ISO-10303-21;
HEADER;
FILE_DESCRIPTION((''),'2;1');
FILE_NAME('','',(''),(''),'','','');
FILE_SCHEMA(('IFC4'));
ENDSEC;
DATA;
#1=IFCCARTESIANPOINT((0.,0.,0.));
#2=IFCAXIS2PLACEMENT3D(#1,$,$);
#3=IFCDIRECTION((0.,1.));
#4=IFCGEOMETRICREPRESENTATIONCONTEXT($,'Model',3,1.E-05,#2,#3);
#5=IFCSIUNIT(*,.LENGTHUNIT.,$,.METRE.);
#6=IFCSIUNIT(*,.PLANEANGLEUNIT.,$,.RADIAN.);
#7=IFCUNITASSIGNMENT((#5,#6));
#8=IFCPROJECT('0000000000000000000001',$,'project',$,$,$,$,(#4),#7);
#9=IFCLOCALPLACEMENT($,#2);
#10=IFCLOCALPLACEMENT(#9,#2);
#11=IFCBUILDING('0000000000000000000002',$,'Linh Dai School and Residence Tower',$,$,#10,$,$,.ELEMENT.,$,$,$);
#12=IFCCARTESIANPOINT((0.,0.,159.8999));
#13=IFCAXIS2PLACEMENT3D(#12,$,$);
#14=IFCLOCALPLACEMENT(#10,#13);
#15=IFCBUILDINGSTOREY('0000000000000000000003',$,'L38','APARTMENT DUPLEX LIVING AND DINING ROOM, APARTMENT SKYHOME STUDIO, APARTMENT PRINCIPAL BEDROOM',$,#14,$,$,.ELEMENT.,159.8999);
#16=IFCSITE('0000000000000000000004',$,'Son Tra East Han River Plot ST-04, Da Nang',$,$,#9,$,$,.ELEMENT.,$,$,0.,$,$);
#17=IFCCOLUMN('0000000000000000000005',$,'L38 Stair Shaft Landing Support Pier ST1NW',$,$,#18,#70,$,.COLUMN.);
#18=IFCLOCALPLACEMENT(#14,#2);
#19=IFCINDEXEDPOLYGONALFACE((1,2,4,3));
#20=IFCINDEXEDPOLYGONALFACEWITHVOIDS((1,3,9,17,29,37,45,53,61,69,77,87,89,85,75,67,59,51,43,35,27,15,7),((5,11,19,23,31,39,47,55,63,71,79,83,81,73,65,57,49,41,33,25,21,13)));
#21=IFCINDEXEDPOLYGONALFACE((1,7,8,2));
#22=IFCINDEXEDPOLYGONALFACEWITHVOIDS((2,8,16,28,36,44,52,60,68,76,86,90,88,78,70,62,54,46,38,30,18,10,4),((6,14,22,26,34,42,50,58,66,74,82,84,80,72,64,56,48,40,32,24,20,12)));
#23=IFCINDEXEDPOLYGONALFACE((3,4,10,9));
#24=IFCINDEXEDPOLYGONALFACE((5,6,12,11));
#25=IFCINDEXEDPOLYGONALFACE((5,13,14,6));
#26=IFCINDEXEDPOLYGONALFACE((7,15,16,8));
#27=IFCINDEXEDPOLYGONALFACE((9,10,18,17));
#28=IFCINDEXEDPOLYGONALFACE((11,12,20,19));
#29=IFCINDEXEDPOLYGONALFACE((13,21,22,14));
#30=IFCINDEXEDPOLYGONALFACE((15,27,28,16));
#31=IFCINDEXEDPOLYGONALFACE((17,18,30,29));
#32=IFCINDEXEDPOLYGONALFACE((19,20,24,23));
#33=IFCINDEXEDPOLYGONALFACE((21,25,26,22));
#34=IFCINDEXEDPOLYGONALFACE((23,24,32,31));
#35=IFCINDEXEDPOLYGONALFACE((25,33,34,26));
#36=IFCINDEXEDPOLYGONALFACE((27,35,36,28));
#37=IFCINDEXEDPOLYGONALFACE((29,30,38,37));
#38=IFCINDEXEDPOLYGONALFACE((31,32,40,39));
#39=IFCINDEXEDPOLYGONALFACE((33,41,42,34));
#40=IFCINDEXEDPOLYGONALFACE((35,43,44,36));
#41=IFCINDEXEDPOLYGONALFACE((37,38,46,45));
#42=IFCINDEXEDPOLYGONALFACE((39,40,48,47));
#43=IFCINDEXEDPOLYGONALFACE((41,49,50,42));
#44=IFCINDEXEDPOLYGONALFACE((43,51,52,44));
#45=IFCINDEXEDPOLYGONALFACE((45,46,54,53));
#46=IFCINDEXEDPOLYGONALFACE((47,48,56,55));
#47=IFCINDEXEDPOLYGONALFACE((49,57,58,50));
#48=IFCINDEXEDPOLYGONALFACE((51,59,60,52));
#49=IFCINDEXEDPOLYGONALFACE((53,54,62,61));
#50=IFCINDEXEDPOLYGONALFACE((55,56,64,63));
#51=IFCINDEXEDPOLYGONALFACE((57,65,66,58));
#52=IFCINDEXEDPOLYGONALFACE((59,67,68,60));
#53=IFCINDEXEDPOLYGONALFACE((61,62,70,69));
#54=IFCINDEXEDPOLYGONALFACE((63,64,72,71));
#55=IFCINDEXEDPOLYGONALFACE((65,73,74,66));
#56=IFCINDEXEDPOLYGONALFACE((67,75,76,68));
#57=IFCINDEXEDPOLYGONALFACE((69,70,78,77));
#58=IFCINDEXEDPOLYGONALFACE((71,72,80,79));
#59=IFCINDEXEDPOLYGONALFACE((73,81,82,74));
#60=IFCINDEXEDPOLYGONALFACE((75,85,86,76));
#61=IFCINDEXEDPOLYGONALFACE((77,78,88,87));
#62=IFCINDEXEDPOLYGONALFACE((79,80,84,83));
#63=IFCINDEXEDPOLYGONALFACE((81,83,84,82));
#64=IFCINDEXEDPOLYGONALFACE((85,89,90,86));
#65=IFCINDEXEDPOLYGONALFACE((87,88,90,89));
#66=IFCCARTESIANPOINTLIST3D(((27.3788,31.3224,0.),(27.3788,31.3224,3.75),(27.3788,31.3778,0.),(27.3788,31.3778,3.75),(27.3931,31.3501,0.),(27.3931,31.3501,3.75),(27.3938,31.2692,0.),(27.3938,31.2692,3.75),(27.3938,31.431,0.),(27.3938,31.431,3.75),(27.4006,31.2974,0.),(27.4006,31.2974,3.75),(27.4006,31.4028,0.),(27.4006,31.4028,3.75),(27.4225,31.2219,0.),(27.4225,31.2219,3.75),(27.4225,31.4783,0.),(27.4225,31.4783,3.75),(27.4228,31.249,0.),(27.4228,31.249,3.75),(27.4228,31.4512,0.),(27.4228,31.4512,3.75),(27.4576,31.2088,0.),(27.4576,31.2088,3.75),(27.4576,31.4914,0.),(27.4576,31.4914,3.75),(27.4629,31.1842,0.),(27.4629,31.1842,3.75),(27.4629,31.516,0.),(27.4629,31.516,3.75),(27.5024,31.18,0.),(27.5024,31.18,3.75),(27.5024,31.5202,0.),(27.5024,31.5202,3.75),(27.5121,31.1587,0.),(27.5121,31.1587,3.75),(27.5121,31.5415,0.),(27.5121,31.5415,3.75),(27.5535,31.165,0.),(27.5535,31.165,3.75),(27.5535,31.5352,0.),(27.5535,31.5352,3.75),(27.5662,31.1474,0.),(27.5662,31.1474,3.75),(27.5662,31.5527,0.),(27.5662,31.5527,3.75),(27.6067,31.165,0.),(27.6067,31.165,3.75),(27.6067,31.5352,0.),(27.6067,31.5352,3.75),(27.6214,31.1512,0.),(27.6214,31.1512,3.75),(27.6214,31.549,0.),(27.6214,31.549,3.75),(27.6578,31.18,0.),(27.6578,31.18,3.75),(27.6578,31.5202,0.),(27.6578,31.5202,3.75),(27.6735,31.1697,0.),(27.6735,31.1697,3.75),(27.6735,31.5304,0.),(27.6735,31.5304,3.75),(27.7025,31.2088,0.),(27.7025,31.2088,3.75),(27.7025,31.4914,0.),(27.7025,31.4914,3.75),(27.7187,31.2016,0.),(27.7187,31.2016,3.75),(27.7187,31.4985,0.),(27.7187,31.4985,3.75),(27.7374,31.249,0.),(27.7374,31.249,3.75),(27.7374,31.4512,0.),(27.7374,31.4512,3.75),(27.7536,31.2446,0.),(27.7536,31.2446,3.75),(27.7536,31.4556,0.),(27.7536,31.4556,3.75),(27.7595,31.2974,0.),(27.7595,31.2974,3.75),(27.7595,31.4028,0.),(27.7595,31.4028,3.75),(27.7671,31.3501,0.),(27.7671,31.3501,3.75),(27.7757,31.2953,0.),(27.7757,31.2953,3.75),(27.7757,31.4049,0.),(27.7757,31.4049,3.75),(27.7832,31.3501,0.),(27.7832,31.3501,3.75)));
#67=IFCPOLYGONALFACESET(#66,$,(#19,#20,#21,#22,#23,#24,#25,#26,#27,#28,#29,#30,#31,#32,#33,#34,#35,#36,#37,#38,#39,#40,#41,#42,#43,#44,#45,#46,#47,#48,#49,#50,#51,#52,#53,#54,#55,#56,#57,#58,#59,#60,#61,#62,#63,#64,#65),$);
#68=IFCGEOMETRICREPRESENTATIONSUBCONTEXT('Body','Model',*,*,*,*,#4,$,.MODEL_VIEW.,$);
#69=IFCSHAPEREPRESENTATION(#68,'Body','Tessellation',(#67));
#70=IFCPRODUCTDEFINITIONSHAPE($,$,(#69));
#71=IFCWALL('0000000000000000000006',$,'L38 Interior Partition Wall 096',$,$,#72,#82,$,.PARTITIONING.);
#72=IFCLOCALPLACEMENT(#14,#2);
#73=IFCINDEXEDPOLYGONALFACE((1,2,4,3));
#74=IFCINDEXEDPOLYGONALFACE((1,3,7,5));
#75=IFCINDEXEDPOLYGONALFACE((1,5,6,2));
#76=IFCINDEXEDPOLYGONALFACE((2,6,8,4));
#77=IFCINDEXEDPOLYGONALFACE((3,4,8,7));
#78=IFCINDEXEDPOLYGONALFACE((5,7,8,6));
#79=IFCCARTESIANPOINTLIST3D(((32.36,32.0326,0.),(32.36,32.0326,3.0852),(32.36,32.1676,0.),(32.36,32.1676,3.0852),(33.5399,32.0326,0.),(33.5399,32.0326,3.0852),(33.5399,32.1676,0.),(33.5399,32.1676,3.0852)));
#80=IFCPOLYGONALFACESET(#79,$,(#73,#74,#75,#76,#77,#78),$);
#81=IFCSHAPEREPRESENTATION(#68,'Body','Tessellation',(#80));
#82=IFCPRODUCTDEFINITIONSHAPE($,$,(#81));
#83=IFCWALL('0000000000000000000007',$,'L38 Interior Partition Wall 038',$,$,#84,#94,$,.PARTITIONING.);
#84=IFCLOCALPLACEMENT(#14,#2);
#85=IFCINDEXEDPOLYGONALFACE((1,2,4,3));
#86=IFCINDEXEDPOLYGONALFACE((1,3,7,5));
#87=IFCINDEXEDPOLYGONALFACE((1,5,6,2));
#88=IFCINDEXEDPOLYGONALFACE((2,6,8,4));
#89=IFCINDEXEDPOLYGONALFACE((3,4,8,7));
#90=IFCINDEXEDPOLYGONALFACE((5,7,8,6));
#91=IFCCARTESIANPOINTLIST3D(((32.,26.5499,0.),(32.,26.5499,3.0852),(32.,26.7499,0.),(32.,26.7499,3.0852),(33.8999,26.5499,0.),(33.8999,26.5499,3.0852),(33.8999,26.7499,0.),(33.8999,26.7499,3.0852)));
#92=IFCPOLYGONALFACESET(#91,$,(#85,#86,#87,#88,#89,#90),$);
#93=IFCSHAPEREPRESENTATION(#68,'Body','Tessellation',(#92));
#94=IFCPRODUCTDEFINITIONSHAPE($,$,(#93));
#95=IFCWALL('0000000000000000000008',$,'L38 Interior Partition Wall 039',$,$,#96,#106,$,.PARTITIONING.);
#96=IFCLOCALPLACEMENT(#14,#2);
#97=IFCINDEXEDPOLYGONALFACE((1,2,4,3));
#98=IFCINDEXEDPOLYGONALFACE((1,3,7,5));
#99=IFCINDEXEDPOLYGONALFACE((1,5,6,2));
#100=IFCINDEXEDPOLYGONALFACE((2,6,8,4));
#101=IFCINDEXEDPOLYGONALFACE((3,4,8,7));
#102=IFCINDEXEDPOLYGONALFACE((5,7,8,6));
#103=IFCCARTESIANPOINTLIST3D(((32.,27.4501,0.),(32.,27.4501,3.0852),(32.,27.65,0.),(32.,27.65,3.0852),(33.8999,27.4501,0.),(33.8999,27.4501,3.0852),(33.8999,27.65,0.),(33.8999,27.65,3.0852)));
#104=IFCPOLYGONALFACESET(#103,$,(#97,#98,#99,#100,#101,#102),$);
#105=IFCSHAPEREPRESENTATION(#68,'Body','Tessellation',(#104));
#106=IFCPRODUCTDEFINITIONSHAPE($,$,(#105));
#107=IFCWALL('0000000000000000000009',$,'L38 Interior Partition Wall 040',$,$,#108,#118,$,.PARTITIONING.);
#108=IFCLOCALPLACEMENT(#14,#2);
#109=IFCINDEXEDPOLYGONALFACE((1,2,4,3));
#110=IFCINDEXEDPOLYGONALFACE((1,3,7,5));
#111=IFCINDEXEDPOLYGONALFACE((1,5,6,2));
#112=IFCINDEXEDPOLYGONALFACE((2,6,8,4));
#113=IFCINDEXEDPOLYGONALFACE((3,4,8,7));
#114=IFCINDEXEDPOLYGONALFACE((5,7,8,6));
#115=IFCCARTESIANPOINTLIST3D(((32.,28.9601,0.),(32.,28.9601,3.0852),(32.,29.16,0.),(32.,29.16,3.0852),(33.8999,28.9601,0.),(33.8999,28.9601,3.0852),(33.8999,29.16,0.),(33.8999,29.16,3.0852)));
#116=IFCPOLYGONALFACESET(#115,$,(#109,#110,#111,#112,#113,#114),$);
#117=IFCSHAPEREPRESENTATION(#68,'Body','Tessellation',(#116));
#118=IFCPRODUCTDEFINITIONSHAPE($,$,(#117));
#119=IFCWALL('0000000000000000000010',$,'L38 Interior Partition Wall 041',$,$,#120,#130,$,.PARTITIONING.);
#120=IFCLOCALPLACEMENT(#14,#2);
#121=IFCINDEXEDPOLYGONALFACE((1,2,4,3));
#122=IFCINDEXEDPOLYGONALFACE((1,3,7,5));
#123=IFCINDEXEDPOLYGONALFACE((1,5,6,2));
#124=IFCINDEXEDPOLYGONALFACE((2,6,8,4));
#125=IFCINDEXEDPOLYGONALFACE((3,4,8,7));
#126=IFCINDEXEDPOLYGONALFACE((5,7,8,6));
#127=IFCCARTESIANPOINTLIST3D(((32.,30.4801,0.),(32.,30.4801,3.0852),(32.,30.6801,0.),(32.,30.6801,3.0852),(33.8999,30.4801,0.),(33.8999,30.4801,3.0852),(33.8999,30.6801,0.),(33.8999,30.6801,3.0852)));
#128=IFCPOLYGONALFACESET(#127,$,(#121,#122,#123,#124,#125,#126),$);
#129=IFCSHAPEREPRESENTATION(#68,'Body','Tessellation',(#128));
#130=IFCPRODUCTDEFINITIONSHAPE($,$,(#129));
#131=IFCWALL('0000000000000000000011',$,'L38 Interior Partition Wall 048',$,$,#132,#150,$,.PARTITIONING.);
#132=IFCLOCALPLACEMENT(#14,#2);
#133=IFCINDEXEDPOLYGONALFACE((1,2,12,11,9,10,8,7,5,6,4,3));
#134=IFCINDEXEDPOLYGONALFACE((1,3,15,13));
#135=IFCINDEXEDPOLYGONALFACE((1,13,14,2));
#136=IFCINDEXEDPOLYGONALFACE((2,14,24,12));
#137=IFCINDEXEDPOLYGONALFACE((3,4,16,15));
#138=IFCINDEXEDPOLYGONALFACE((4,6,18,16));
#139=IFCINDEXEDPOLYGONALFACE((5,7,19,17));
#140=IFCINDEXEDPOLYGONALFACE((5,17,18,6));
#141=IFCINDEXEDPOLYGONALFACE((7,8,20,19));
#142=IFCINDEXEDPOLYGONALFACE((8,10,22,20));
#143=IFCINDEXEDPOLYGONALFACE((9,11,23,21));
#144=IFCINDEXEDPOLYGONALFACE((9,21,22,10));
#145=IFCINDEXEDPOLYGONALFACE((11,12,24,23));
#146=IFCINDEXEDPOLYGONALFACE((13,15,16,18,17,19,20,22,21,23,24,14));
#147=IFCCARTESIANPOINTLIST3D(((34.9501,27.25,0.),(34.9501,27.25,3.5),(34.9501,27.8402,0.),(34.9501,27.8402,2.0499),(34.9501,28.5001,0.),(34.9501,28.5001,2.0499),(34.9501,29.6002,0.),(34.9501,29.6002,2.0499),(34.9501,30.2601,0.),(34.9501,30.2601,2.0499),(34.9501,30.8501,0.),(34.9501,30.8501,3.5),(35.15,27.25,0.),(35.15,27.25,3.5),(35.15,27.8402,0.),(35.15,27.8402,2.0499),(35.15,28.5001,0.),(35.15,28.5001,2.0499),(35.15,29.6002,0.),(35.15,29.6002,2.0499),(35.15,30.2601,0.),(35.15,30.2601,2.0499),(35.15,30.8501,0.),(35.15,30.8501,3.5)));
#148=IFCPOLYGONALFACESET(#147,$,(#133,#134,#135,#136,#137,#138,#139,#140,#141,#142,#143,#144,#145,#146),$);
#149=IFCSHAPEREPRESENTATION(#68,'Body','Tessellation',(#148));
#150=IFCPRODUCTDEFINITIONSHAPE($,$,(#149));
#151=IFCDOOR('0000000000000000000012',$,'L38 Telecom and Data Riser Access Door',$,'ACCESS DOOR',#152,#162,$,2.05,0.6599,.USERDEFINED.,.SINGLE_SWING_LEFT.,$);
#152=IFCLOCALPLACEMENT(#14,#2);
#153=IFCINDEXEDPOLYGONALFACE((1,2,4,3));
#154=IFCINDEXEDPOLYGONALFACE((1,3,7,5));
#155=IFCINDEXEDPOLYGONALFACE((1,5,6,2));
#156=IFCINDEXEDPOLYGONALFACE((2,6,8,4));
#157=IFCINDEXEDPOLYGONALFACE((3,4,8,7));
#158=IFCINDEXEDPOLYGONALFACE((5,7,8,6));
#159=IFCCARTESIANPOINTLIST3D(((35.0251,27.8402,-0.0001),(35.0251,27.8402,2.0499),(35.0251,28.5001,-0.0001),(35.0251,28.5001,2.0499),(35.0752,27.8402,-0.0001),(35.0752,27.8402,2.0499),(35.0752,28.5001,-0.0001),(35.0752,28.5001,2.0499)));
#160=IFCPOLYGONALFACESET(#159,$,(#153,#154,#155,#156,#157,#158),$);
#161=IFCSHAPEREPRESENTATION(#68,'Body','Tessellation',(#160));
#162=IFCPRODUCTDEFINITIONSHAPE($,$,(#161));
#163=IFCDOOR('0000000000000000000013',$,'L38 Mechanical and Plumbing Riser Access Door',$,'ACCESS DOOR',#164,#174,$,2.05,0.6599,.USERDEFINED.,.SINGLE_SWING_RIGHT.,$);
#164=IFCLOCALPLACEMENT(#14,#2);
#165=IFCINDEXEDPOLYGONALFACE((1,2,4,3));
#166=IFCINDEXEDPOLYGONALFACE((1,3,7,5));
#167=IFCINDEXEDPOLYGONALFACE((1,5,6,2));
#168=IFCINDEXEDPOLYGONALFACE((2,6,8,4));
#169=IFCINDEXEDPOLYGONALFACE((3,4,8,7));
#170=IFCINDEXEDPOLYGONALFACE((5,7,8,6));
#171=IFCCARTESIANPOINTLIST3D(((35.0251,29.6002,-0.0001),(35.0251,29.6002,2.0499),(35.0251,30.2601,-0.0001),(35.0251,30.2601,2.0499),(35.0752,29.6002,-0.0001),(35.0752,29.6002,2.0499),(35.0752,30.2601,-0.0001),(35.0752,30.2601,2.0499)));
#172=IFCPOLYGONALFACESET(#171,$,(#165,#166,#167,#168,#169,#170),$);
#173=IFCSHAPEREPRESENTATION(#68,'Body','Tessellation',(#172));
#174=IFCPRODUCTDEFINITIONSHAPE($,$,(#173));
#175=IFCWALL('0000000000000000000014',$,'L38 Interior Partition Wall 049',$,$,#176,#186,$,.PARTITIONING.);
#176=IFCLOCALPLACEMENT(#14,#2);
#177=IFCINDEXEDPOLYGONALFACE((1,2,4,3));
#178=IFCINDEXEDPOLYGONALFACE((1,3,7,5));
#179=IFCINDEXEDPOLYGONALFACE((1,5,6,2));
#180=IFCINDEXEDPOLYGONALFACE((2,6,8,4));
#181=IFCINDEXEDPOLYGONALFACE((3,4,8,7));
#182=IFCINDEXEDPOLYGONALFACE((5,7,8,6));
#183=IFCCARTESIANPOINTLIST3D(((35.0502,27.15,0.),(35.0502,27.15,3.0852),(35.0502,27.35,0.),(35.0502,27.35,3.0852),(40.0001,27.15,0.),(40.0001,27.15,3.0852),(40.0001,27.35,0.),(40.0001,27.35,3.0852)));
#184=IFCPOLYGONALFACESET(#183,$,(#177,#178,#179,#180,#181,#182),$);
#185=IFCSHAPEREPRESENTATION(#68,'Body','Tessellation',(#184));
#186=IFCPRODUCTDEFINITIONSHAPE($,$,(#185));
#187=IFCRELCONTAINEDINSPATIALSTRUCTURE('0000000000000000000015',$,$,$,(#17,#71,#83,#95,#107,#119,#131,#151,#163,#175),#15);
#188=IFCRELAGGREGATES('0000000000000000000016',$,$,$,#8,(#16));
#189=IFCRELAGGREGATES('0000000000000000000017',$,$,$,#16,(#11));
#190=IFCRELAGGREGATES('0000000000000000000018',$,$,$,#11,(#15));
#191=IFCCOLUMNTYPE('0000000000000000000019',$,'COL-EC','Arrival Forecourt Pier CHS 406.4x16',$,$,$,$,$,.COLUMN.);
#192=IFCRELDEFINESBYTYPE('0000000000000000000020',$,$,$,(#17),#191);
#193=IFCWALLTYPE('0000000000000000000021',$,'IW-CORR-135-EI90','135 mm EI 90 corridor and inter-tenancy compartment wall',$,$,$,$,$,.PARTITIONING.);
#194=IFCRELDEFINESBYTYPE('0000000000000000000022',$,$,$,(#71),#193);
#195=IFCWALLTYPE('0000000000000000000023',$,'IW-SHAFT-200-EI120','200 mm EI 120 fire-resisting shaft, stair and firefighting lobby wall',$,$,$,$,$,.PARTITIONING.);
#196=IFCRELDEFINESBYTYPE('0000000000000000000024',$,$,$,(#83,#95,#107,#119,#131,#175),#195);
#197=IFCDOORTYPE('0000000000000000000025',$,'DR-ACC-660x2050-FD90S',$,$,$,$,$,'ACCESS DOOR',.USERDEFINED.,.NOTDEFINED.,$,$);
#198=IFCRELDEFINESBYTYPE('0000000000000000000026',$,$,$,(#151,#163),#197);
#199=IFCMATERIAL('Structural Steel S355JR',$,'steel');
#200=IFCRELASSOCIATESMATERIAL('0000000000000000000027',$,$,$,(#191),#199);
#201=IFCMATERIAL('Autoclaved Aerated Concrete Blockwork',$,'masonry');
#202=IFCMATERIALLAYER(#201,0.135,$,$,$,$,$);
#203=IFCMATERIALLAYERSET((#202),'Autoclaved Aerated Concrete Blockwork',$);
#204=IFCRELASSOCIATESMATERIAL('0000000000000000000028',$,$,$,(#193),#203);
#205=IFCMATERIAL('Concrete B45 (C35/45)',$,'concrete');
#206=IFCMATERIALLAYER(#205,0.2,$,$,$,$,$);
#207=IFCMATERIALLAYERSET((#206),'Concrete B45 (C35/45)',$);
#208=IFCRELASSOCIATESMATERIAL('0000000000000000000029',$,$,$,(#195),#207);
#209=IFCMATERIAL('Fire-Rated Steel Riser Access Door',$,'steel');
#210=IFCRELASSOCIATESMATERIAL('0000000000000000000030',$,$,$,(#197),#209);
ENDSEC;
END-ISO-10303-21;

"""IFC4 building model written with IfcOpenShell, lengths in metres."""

from ifc_helpers import new_model, si_unit, direction, frame, frame_2d, origin, origin_2d, place, context, subcontext, project, spatial, rectangle, hollow_circle, extrude, source, transform, mapped, material, layer, layer_set, material_profile, profile_set, type_object, element, fill, save


model = new_model("IFC4")

# Units and contexts
model_context = context("Model", 3, precision=1e-05, world=origin(), true_north=direction((0.0, 1.0)))
body_context = subcontext(model_context, "Body", "Model", "MODEL_VIEW")
ifc_project = project(units=[si_unit("LENGTHUNIT", "METRE"), si_unit("PLANEANGLEUNIT", "RADIAN")], contexts=[model_context])

# Site, building, storey
site_placement = place(None, origin())
site = spatial("IfcSite", under=ifc_project, at=site_placement, Name="Son Tra East Han River Plot ST-04, Da Nang", CompositionType="ELEMENT", RefElevation=0.0)
building_placement = place(site_placement, origin())
building = spatial("IfcBuilding", under=site, at=building_placement, Name="Linh Dai School and Residence Tower", CompositionType="ELEMENT")
storey_placement = place(building_placement, frame((0.0, 0.0, 159.8999)))
storey = spatial("IfcBuildingStorey", under=building, at=storey_placement, Name="L38", Description="APARTMENT DUPLEX LIVING AND DINING ROOM, APARTMENT SKYHOME STUDIO, APARTMENT PRINCIPAL BEDROOM", CompositionType="ELEMENT", Elevation=159.8999)

# Column
ifc_material_1 = material(Name="Structural Steel S355JR", Category="steel")
ifc_material_profile = material_profile(ifc_material_1, hollow_circle(Radius=0.2031, WallThickness=0.0161, at=origin_2d()), Name="CHS 406.4x16")
ifc_profile_set = profile_set([ifc_material_profile], Name="Structural Steel S355JR")
column_type = type_object("IfcColumnType", Name="COL-EC", Description="Arrival Forecourt Pier CHS 406.4x16", PredefinedType="COLUMN", material=ifc_profile_set)
column_placement = place(storey_placement, frame((27.5801, 31.3501, 0.0), z_axis=(0.0, 0.0, 1.0), x_axis=(1.0, 0.0, 0.0)))
element("IfcColumn", 1, at=column_placement, inside=storey, type_object=column_type, Name="L38 Stair Shaft Landing Support Pier ST1NW", PredefinedType="COLUMN", context=body_context, shape_type="SweptSolid", body=[
    extrude(hollow_circle(Radius=0.2031, WallThickness=0.0161, at=origin_2d()), origin(), (0.0, 0.0, 1.0), 3.75),
])

# Walls
ifc_material_2 = material(Name="Autoclaved Aerated Concrete Blockwork", Category="masonry")
ifc_layer_1 = layer(ifc_material_2, 0.135)
ifc_layer_set_1 = layer_set([ifc_layer_1], Name="Autoclaved Aerated Concrete Blockwork")
wall_type_1 = type_object("IfcWallType", Name="IW-CORR-135-EI90", Description="135 mm EI 90 corridor and inter-tenancy compartment wall", PredefinedType="PARTITIONING", material=ifc_layer_set_1)
wall_1_placement = place(storey_placement, frame((32.3601, 32.1001, 0.0), z_axis=(0.0, 0.0, 1.0), x_axis=(1.0, 0.0, 0.0)))
element("IfcWall", 2, at=wall_1_placement, inside=storey, type_object=wall_type_1, Name="L38 Interior Partition Wall 096", PredefinedType="PARTITIONING", context=body_context, shape_type="SweptSolid", body=[
    extrude(rectangle(XDim=1.1799, YDim=0.135, at=frame_2d((0.5898, 0.0))), origin(), (0.0, 0.0, 1.0), 3.0852),
])
ifc_material_3 = material(Name="Concrete B45 (C35/45)", Category="concrete")
ifc_layer_2 = layer(ifc_material_3, 0.2)
ifc_layer_set_2 = layer_set([ifc_layer_2], Name="Concrete B45 (C35/45)")
wall_type_2 = type_object("IfcWallType", Name="IW-SHAFT-200-EI120", Description="200 mm EI 120 fire-resisting shaft, stair and firefighting lobby wall", PredefinedType="PARTITIONING", material=ifc_layer_set_2)
for number, where, z_axis, x_axis, name in (
    (3, (32.0, 26.6499, 0.0), (0.0, 0.0, 1.0), (1.0, 0.0, 0.0), "L38 Interior Partition Wall 038"),
    (4, (32.0, 27.55, 0.0), (0.0, 0.0, 1.0), (1.0, 0.0, 0.0), "L38 Interior Partition Wall 039"),
    (5, (32.0, 29.0601, 0.0), (0.0, 0.0, 1.0), (1.0, 0.0, 0.0), "L38 Interior Partition Wall 040"),
    (6, (32.0, 30.5801, 0.0), (0.0, 0.0, 1.0), (1.0, 0.0, 0.0), "L38 Interior Partition Wall 041"),
):
    element("IfcWall", number, at=place(storey_placement, frame(where, z_axis=z_axis, x_axis=x_axis)), inside=storey, type_object=wall_type_2, Name=name, PredefinedType="PARTITIONING", context=body_context, shape_type="SweptSolid", body=[
        extrude(rectangle(XDim=1.8999, YDim=0.2, at=frame_2d((0.95, 0.0))), origin(), (0.0, 0.0, 1.0), 3.0852),
    ])

# Wall, openings, doors
wall_2_placement = place(storey_placement, frame((35.05, 27.25, 0.0), z_axis=(0.0, 0.0, 1.0), x_axis=(0.0, 1.0, 0.0)))
wall_2 = element("IfcWall", 7, at=wall_2_placement, inside=storey, type_object=wall_type_2, Name="L38 Interior Partition Wall 048", PredefinedType="PARTITIONING", context=body_context, shape_type="SweptSolid", body=[
    extrude(rectangle(XDim=3.6001, YDim=0.2, at=frame_2d((1.8, 0.0))), origin(), (0.0, 0.0, 1.0), 3.5),
])
opening_1_placement = place(wall_2_placement, frame((0.5901, 0.0, 0.0)))
opening_1 = element("IfcOpeningElement", 8, at=opening_1_placement, cuts=wall_2, PredefinedType="OPENING", context=body_context, shape_type="SweptSolid", body=[
    extrude(rectangle(XDim=0.6599, YDim=2.05, at=origin_2d()), frame((0.3301, 0.1099, 1.0249), z_axis=(0.0, -1.0, 0.0), x_axis=(1.0, 0.0, 0.0)), (0.0, 0.0, 1.0), 0.22),
])
opening_2_placement = place(wall_2_placement, frame((2.3501, 0.0, 0.0)))
opening_2 = element("IfcOpeningElement", 9, at=opening_2_placement, cuts=wall_2, PredefinedType="OPENING", context=body_context, shape_type="SweptSolid", body=[
    extrude(rectangle(XDim=0.6599, YDim=2.05, at=origin_2d()), frame((0.3301, 0.1099, 1.0249), z_axis=(0.0, -1.0, 0.0), x_axis=(1.0, 0.0, 0.0)), (0.0, 0.0, 1.0), 0.22),
])
ifc_material_4 = material(Name="Fire-Rated Steel Riser Access Door", Category="steel")
door_type = type_object("IfcDoorType", Name="DR-ACC-660x2050-FD90S", ElementType="ACCESS DOOR", OperationType="NOTDEFINED", PredefinedType="USERDEFINED", material=ifc_material_4)
shared_shape_1 = source(origin(), body_context, "Body", "SweptSolid", [
    extrude(rectangle(XDim=0.6599, YDim=2.05, at=origin_2d()), frame((0.3301, 0.0249, 1.0249), z_axis=(0.0, -1.0, 0.0), x_axis=(1.0, 0.0, 0.0)), (0.0, 0.0, 1.0), 0.05),
])
door_1_placement = place(opening_1_placement, origin())
door_1 = element("IfcDoor", 10, at=door_1_placement, inside=storey, type_object=door_type, Name="L38 Telecom and Data Riser Access Door", ObjectType="ACCESS DOOR", OperationType="SINGLE_SWING_LEFT", OverallHeight=2.05, OverallWidth=0.6599, PredefinedType="USERDEFINED", context=body_context, shape_type="MappedRepresentation", body=[
    mapped(shared_shape_1, transform((0.0, 0.0, 0.0), x_axis=(1.0, 0.0, 0.0), y_axis=(0.0, 1.0, 0.0), z_axis=(0.0, 0.0, 1.0), scale=1.0)),
])
fill(opening_1, door_1)
door_2_placement = place(opening_2_placement, origin())
door_2 = element("IfcDoor", 11, at=door_2_placement, inside=storey, type_object=door_type, Name="L38 Mechanical and Plumbing Riser Access Door", ObjectType="ACCESS DOOR", OperationType="SINGLE_SWING_RIGHT", OverallHeight=2.05, OverallWidth=0.6599, PredefinedType="USERDEFINED", context=body_context, shape_type="MappedRepresentation", body=[
    mapped(shared_shape_1, transform((0.0, 0.0, 0.0), x_axis=(1.0, 0.0, 0.0), y_axis=(0.0, 1.0, 0.0), z_axis=(0.0, 0.0, 1.0), scale=1.0)),
])
fill(opening_2, door_2)

# Wall
wall_3_placement = place(storey_placement, frame((35.05, 27.25, 0.0), z_axis=(0.0, 0.0, 1.0), x_axis=(1.0, 0.0, 0.0)))
element("IfcWall", 12, at=wall_3_placement, inside=storey, type_object=wall_type_2, Name="L38 Interior Partition Wall 049", PredefinedType="PARTITIONING", context=body_context, shape_type="SweptSolid", body=[
    extrude(rectangle(XDim=4.95, YDim=0.2, at=frame_2d((2.4751, 0.0))), origin(), (0.0, 0.0, 1.0), 3.0852),
])

save(model, "model.ifc")
